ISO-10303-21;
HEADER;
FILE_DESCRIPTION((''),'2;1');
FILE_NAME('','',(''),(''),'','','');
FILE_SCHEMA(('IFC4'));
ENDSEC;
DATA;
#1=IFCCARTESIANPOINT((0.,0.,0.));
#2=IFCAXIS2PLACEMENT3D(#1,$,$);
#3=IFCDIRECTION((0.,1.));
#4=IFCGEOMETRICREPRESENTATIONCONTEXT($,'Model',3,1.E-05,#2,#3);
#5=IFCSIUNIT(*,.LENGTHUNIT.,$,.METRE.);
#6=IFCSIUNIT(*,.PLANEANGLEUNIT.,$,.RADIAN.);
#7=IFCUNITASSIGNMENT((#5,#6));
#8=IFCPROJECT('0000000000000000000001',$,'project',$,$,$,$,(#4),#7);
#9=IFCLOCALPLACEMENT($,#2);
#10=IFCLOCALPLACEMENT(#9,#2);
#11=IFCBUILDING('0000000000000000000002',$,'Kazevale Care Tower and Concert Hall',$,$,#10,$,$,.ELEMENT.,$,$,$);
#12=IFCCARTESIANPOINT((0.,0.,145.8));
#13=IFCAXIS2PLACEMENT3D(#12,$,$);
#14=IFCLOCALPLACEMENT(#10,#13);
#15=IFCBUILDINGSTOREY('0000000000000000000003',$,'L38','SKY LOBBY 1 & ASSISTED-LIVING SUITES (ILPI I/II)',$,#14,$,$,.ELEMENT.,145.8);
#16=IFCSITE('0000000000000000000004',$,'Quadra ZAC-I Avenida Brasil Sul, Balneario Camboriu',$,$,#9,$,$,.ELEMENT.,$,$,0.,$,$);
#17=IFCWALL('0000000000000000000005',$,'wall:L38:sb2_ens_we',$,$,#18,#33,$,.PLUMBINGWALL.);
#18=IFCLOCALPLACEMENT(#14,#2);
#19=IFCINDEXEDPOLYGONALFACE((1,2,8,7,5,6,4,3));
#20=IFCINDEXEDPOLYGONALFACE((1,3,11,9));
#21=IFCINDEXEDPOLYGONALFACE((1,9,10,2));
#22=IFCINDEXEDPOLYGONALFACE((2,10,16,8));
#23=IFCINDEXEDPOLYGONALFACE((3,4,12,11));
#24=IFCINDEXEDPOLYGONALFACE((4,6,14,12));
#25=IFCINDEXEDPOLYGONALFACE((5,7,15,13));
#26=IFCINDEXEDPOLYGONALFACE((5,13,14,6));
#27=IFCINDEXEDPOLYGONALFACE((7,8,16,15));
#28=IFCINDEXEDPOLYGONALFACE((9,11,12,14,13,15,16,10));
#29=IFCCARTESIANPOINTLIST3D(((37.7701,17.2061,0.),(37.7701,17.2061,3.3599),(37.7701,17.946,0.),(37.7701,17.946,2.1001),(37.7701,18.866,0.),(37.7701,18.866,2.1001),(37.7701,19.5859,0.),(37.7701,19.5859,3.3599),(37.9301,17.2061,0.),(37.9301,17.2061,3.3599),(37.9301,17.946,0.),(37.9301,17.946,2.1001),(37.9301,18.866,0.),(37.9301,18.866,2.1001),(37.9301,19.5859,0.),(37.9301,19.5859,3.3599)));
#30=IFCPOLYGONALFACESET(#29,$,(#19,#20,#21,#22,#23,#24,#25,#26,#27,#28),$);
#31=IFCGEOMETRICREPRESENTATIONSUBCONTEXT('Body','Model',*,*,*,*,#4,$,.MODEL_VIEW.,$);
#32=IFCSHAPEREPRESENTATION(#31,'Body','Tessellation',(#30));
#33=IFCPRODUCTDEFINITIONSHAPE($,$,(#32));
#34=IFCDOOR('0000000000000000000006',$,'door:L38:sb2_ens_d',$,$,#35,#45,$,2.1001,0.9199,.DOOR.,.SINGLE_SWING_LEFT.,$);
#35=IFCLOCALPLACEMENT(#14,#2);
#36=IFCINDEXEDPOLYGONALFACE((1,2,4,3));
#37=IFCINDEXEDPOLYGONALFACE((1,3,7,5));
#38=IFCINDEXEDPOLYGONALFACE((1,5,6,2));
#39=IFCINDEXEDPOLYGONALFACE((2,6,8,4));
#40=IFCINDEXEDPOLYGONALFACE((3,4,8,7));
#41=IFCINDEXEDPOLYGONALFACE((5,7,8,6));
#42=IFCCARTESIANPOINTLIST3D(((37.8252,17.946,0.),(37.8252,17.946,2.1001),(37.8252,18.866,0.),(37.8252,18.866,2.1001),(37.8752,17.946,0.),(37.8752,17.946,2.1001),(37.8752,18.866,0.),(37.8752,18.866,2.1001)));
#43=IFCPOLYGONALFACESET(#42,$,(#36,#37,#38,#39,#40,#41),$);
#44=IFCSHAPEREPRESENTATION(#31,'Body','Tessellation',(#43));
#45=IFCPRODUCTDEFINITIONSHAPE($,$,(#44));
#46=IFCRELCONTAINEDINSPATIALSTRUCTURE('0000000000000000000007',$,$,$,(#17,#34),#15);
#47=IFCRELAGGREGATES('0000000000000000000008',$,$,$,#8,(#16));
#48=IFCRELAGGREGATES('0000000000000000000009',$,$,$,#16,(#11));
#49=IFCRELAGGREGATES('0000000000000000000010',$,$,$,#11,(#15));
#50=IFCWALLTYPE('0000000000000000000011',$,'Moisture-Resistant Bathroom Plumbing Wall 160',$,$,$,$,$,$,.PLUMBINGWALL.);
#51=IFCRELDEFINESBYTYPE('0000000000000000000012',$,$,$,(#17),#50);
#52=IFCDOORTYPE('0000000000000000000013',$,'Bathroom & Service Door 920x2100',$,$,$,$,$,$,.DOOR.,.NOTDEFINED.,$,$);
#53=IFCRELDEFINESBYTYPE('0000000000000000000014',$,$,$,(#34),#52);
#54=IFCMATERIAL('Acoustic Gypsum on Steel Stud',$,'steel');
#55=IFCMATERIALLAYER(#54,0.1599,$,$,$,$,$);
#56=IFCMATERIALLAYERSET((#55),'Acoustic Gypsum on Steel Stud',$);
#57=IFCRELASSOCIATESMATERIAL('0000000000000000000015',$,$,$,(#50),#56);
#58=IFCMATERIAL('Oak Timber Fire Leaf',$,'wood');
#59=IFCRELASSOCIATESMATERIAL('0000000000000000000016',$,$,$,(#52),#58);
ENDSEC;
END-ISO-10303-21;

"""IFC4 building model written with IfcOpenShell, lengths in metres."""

from ifc_helpers import new_model, si_unit, direction, frame, frame_2d, origin, place, context, subcontext, project, spatial, rectangle, extrude, material, layer, layer_set, type_object, element, fill, save


model = new_model("IFC4")

# Units and contexts
model_context = context("Model", 3, precision=1e-05, world=origin(), true_north=direction((0.0, 1.0)))
body_context = subcontext(model_context, "Body", "Model", "MODEL_VIEW")
ifc_project = project(units=[si_unit("LENGTHUNIT", "METRE"), si_unit("PLANEANGLEUNIT", "RADIAN")], contexts=[model_context])

# Site, building, storey
site_placement = place(None, origin())
site = spatial("IfcSite", under=ifc_project, at=site_placement, Name="Quadra ZAC-I Avenida Brasil Sul, Balneario Camboriu", CompositionType="ELEMENT", RefElevation=0.0)
building_placement = place(site_placement, origin())
building = spatial("IfcBuilding", under=site, at=building_placement, Name="Kazevale Care Tower and Concert Hall", CompositionType="ELEMENT")
storey_placement = place(building_placement, frame((0.0, 0.0, 145.8)))
storey = spatial("IfcBuildingStorey", under=building, at=storey_placement, Name="L38", Description="SKY LOBBY 1 & ASSISTED-LIVING SUITES (ILPI I/II)", CompositionType="ELEMENT", Elevation=145.8)

# Wall, opening, door
ifc_material_1 = material(Name="Oak Timber Fire Leaf", Category="wood")
ifc_material_2 = material(Name="Acoustic Gypsum on Steel Stud", Category="steel")
ifc_layer_1 = layer(ifc_material_2, 0.1599)
ifc_layer_set_1 = layer_set([ifc_layer_1], Name="Acoustic Gypsum on Steel Stud")
wall_type_1 = type_object("IfcWallType", Name="Moisture-Resistant Bathroom Plumbing Wall 160", PredefinedType="PLUMBINGWALL", material=ifc_layer_set_1)
wall_1_placement = place(storey_placement, frame((37.8501, 17.2061, 0.0), z_axis=(0.0, 0.0, 1.0), x_axis=(0.0, 1.0, 0.0)))
wall_1 = element("IfcWall", 1, at=wall_1_placement, inside=storey, type_object=wall_type_1, Name="wall:L38:sb2_ens_we", PredefinedType="PLUMBINGWALL", context=body_context, shape_type="SweptSolid", body=[
    extrude(rectangle(XDim=2.3799, YDim=0.1599, at=frame_2d((1.1899, 0.0))), origin(), (0.0, 0.0, 1.0), 3.3599),
])
opening_1_placement = place(wall_1_placement, frame((0.74, 0.0, 0.0)))
opening_1 = element("IfcOpeningElement", 2, at=opening_1_placement, cuts=wall_1, PredefinedType="OPENING", context=body_context, shape_type="SweptSolid", body=[
    extrude(rectangle(XDim=0.9199, YDim=2.1001, at=frame_2d((0.46, 1.05))), frame((0.0, 0.0898, 0.0), z_axis=(0.0, -1.0, 0.0), x_axis=(1.0, 0.0, 0.0)), (0.0, 0.0, 1.0), 0.1799),
])
door_type_1 = type_object("IfcDoorType", Name="Bathroom & Service Door 920x2100", OperationType="NOTDEFINED", PredefinedType="DOOR", material=ifc_material_1)
door_1_placement = place(opening_1_placement, origin())
door_1 = element("IfcDoor", 3, at=door_1_placement, inside=storey, type_object=door_type_1, Name="door:L38:sb2_ens_d", OperationType="SINGLE_SWING_LEFT", OverallHeight=2.1001, OverallWidth=0.9199, PredefinedType="DOOR", context=body_context, shape_type="SweptSolid", body=[
    extrude(rectangle(XDim=0.9199, YDim=2.1001, at=frame_2d((0.46, 1.05))), frame((0.0, 0.0249, 0.0), z_axis=(0.0, -1.0, 0.0), x_axis=(1.0, 0.0, 0.0)), (0.0, 0.0, 1.0), 0.05),
])
fill(opening_1, door_1)

save(model, "model.ifc")
